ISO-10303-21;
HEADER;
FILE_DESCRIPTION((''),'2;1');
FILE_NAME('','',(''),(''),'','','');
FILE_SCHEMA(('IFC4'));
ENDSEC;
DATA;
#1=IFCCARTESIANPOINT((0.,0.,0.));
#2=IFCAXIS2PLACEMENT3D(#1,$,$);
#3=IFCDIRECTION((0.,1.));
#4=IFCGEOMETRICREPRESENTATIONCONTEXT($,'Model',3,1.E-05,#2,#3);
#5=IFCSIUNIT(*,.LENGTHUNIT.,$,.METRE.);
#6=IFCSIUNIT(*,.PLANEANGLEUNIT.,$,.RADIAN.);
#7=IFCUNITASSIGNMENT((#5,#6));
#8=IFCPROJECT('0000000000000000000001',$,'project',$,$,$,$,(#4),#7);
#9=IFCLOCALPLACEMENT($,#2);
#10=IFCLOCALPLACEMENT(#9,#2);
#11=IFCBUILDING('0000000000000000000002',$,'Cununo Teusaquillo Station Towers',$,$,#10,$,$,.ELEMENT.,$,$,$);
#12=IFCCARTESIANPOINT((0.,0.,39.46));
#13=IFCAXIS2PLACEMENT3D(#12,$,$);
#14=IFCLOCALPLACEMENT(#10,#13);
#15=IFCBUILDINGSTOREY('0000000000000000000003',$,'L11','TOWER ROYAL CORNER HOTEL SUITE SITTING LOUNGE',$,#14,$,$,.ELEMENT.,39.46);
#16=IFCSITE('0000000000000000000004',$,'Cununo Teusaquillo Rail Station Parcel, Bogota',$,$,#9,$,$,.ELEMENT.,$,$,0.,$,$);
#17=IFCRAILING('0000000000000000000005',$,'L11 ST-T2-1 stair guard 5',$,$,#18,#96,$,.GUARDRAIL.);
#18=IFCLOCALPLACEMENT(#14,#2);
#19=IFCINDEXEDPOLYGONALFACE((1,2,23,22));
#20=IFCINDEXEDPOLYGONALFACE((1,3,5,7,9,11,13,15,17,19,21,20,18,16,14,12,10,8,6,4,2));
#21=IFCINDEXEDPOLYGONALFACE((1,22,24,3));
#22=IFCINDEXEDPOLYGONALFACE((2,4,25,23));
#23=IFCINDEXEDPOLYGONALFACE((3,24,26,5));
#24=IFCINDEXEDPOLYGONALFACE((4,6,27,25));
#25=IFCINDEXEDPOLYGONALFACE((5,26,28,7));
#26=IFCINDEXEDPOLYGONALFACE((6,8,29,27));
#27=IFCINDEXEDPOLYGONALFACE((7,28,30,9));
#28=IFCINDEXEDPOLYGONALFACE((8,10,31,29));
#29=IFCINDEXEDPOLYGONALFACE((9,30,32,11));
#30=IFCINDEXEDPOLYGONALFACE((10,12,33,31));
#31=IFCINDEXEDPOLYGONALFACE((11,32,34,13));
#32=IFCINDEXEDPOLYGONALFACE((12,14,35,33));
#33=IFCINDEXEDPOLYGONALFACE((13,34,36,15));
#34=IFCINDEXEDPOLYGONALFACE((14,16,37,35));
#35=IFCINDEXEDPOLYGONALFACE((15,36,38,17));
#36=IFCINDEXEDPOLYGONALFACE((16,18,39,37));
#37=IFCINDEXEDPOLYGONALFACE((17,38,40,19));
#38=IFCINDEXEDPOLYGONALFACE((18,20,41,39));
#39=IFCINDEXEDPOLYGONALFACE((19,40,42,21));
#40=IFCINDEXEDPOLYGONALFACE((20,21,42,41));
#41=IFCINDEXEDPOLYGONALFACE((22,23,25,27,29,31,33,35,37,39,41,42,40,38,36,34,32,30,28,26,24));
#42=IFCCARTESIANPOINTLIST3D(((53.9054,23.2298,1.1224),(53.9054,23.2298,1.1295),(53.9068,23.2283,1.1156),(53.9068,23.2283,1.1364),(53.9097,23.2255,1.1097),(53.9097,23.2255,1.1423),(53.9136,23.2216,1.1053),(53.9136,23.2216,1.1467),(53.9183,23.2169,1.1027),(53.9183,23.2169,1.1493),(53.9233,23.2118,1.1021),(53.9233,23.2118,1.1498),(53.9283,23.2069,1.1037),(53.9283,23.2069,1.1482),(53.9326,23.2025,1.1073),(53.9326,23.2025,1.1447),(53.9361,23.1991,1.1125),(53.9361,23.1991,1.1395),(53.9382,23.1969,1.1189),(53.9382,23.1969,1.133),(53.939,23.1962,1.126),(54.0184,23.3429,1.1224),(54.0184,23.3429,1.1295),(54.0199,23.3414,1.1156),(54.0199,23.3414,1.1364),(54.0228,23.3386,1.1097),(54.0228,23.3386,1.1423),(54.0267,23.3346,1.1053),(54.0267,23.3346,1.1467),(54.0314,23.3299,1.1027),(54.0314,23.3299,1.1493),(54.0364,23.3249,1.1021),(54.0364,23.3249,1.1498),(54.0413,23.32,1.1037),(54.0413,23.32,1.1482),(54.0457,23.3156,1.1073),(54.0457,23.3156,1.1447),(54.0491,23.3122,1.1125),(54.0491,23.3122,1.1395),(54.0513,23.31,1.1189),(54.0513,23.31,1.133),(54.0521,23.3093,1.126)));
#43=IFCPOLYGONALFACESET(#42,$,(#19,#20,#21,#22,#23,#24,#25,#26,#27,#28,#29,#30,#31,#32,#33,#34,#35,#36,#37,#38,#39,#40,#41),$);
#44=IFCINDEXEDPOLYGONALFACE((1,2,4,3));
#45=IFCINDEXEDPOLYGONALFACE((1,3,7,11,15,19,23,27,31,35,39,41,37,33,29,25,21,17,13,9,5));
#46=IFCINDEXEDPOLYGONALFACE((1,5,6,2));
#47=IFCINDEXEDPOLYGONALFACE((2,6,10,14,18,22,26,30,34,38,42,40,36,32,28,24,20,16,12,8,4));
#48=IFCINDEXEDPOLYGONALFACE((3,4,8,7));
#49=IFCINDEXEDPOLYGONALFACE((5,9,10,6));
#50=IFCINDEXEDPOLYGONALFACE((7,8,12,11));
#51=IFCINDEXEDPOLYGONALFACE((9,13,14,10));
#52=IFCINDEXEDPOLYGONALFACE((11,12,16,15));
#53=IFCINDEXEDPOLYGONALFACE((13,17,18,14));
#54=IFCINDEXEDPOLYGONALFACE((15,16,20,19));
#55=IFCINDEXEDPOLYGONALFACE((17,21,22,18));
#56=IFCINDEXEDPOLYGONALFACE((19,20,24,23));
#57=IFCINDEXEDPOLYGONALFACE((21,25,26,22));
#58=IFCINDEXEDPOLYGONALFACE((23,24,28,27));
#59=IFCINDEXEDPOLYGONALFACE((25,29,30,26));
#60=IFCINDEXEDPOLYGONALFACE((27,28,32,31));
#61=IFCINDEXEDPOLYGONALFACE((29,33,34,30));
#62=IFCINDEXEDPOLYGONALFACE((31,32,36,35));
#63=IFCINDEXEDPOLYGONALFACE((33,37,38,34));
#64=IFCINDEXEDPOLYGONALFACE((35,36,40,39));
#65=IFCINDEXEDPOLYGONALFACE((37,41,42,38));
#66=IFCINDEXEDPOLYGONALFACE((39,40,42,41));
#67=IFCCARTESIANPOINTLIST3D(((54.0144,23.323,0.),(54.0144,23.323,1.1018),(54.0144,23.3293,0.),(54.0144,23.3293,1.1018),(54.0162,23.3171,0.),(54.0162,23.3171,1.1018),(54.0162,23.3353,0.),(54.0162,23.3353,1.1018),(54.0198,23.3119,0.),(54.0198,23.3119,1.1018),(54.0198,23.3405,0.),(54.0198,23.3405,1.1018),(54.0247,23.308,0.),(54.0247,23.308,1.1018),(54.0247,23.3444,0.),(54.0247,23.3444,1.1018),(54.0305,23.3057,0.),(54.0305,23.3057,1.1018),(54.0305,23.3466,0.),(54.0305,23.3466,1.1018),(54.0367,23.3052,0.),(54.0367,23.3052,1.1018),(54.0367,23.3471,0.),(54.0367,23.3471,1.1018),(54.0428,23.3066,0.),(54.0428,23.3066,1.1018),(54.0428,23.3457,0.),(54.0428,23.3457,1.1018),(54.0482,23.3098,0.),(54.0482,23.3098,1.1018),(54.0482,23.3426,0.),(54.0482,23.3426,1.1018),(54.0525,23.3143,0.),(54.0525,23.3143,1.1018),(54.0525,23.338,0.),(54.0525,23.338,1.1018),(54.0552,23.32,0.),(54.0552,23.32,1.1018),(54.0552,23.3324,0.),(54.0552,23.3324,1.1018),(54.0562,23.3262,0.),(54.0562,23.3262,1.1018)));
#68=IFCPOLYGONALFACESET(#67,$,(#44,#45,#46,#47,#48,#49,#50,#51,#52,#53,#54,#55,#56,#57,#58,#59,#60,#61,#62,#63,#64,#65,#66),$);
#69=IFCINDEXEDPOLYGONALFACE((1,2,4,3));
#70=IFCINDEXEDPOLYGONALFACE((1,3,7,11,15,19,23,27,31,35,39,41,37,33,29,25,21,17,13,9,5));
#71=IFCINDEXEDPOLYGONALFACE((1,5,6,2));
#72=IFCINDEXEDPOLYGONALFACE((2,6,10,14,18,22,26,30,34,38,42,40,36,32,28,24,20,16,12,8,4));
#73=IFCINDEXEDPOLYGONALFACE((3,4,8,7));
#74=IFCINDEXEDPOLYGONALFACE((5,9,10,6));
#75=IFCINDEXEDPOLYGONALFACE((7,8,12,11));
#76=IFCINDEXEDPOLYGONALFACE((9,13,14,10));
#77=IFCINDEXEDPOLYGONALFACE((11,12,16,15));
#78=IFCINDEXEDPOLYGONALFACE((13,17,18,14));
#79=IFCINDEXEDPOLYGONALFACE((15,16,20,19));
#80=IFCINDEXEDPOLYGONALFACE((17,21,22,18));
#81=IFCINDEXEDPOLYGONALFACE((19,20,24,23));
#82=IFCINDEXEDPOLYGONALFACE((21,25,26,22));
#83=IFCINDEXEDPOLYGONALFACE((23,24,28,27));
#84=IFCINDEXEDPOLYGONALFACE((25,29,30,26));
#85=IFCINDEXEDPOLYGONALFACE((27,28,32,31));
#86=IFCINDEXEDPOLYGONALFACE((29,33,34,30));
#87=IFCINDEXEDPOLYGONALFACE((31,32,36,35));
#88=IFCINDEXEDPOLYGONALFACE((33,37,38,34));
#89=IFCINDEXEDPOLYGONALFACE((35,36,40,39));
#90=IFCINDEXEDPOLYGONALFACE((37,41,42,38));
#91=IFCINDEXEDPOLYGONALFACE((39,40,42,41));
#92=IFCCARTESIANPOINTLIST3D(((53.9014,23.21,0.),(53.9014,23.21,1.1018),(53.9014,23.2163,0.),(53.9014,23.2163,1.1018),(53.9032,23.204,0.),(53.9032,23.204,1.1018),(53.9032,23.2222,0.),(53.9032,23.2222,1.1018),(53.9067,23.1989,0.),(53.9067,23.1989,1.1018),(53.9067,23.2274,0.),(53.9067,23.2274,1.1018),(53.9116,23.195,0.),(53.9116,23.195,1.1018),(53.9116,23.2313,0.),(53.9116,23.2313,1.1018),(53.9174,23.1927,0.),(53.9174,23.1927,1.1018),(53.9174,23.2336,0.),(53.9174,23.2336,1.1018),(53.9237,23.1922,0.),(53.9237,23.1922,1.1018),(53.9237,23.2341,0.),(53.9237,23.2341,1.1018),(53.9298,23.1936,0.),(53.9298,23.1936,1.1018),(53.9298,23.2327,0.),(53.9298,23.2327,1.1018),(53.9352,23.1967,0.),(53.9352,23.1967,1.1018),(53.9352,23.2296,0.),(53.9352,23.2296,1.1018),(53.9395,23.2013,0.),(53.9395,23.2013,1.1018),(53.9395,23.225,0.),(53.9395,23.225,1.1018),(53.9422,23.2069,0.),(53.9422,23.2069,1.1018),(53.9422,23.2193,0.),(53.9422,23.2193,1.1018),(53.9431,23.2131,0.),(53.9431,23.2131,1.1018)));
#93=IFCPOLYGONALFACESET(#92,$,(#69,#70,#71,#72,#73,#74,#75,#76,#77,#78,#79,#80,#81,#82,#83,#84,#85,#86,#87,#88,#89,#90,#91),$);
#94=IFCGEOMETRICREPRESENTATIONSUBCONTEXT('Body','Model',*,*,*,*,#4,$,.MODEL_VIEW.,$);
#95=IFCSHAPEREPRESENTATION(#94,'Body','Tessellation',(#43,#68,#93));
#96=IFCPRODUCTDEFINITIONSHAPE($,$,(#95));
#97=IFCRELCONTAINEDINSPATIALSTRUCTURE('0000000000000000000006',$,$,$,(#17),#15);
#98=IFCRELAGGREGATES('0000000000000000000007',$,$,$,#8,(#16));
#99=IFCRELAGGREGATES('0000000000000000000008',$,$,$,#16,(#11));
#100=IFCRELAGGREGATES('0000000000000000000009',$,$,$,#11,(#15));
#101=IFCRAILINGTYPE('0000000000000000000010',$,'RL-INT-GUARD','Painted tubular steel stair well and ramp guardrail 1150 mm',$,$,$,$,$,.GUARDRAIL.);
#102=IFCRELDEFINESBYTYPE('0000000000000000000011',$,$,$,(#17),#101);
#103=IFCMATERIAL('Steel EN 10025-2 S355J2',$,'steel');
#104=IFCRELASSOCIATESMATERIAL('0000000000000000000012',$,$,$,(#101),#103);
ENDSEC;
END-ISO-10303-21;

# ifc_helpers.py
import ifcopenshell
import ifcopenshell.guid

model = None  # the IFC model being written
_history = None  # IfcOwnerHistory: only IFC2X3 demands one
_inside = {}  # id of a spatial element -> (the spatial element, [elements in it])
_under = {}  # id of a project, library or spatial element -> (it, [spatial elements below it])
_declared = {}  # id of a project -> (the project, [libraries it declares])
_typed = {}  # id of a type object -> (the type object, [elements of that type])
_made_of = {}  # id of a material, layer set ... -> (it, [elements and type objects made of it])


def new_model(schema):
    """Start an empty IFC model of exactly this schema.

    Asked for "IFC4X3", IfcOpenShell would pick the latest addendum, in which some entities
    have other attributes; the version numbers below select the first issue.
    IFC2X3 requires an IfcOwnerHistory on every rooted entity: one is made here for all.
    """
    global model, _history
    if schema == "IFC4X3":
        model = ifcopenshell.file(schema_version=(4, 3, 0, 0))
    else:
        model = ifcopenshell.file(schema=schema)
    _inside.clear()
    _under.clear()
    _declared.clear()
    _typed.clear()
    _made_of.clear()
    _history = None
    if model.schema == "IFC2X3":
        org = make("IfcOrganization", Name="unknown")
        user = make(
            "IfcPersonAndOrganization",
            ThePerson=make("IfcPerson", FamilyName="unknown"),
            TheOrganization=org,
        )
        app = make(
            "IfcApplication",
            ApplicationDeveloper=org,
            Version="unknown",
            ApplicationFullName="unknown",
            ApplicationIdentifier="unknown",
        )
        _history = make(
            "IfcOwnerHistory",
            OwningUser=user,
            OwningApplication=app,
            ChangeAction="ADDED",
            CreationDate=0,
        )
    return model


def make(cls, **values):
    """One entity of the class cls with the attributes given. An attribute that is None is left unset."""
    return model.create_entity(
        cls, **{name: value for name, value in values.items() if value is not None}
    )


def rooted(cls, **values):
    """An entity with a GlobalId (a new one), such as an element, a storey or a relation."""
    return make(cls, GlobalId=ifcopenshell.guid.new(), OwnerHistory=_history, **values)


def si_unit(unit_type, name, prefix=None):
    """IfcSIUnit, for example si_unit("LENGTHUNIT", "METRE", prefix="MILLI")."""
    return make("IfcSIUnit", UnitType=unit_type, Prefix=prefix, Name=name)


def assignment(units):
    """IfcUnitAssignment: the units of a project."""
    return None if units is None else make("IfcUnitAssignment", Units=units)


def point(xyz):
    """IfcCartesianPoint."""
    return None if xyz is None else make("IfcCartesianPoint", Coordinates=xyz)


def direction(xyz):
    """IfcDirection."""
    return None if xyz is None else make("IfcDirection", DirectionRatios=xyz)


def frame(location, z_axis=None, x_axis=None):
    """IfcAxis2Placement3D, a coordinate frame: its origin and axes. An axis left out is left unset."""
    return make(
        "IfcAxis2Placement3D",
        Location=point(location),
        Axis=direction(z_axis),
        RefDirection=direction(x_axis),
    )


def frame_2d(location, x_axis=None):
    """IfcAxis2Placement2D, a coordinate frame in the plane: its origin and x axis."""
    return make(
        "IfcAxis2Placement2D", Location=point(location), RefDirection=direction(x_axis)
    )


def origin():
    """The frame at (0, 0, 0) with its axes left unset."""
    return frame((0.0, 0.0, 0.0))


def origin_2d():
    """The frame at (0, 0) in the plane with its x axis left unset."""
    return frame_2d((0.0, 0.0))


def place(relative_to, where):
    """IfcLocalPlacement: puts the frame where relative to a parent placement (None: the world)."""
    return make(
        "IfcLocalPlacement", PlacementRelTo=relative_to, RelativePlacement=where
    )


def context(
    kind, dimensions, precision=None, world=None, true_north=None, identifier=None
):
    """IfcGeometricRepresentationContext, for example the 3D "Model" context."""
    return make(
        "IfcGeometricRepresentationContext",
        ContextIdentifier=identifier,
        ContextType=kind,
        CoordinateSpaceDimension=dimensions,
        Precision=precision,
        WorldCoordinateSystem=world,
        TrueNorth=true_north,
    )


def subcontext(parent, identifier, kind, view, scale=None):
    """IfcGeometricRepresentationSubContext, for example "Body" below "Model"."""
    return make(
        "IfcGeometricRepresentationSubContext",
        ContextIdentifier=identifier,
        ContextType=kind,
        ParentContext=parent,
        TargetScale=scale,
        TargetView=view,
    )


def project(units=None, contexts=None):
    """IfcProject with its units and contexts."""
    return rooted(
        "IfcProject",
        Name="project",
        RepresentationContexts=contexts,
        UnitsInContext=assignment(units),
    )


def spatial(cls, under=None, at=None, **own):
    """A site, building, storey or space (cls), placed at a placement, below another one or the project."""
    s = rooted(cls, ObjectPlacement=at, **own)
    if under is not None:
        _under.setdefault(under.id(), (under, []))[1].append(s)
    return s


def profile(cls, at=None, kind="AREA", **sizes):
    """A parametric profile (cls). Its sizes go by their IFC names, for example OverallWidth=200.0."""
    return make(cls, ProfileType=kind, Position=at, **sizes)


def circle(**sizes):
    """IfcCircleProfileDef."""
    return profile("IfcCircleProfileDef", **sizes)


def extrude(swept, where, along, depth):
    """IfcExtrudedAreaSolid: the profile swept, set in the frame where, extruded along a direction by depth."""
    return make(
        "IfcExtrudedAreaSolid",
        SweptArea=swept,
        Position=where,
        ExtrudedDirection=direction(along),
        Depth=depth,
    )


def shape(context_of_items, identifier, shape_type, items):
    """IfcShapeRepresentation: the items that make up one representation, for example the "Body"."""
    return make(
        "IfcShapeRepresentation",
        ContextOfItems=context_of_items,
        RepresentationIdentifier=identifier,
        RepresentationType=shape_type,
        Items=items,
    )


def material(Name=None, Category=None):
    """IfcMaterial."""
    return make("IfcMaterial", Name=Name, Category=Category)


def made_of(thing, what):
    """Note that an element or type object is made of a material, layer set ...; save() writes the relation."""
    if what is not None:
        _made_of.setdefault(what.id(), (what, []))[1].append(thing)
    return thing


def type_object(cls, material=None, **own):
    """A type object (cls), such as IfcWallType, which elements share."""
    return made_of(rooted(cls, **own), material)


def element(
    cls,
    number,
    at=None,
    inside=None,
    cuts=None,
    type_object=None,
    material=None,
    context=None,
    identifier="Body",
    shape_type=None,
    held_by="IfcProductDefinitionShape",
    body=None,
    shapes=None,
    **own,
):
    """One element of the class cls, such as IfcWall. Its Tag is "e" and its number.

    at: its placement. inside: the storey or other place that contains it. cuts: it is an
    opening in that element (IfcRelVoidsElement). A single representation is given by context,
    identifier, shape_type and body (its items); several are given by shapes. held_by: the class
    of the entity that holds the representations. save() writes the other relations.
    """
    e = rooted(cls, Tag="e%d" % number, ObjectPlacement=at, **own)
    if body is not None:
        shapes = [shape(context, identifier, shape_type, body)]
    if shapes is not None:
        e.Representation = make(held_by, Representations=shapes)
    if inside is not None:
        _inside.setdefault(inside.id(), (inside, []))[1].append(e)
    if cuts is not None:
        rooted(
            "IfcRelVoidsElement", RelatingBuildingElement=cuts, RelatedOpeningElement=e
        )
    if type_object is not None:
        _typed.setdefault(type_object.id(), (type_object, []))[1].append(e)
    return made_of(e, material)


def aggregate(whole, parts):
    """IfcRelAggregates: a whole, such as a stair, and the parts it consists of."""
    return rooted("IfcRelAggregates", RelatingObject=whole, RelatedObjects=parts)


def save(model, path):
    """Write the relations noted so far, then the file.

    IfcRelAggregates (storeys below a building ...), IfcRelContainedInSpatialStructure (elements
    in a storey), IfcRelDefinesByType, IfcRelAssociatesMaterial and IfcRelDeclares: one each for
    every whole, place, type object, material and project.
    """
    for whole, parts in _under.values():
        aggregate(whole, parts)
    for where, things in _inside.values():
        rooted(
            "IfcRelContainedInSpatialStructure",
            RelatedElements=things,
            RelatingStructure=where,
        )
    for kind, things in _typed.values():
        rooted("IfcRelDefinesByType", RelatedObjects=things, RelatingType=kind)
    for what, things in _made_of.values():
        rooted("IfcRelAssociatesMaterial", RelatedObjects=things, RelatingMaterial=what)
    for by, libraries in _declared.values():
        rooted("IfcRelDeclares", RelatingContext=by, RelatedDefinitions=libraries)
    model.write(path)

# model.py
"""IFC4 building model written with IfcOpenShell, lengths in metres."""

from ifc_helpers import new_model, si_unit, direction, frame, origin, origin_2d, place, context, subcontext, project, spatial, circle, extrude, material, type_object, element, save


model = new_model("IFC4")

# Units and contexts
model_context = context("Model", 3, precision=1e-05, world=origin(), true_north=direction((0.0, 1.0)))
body_context = subcontext(model_context, "Body", "Model", "MODEL_VIEW")
ifc_project = project(units=[si_unit("LENGTHUNIT", "METRE"), si_unit("PLANEANGLEUNIT", "RADIAN")], contexts=[model_context])

# Site, building, storey
site_placement = place(None, origin())
site = spatial("IfcSite", under=ifc_project, at=site_placement, Name="Cununo Teusaquillo Rail Station Parcel, Bogota", CompositionType="ELEMENT", RefElevation=0.0)
building_placement = place(site_placement, origin())
building = spatial("IfcBuilding", under=site, at=building_placement, Name="Cununo Teusaquillo Station Towers", CompositionType="ELEMENT")
storey_placement = place(building_placement, frame((0.0, 0.0, 39.46)))
storey = spatial("IfcBuildingStorey", under=building, at=storey_placement, Name="L11", Description="TOWER ROYAL CORNER HOTEL SUITE SITTING LOUNGE", CompositionType="ELEMENT", Elevation=39.46)

# Railing
ifc_material_1 = material(Name="Steel EN 10025-2 S355J2", Category="steel")
railing_type_1 = type_object("IfcRailingType", Name="RL-INT-GUARD", Description="Painted tubular steel stair well and ramp guardrail 1150 mm", PredefinedType="GUARDRAIL", material=ifc_material_1)
railing_1_placement = place(storey_placement, frame((54.0352, 23.3262, 0.0)))
element("IfcRailing", 1, at=railing_1_placement, inside=storey, type_object=railing_type_1, Name="L11 ST-T2-1 stair guard 5", PredefinedType="GUARDRAIL", context=body_context, shape_type="SweptSolid", body=[
    extrude(circle(Radius=0.0239, at=origin_2d()), frame((0.0, 0.0, 1.126), z_axis=(-0.707107, -0.707107, 0.0), x_axis=(0.707107, -0.707107, 0.0)), (0.0, 0.0, 1.0), 0.1599),
    extrude(circle(Radius=0.021, at=origin_2d()), origin(), (0.0, 0.0, 1.0), 1.1018),
    extrude(circle(Radius=0.021, at=origin_2d()), frame((-0.113, -0.113, 0.0)), (0.0, 0.0, 1.0), 1.1018),
])

save(model, "model.ifc")
